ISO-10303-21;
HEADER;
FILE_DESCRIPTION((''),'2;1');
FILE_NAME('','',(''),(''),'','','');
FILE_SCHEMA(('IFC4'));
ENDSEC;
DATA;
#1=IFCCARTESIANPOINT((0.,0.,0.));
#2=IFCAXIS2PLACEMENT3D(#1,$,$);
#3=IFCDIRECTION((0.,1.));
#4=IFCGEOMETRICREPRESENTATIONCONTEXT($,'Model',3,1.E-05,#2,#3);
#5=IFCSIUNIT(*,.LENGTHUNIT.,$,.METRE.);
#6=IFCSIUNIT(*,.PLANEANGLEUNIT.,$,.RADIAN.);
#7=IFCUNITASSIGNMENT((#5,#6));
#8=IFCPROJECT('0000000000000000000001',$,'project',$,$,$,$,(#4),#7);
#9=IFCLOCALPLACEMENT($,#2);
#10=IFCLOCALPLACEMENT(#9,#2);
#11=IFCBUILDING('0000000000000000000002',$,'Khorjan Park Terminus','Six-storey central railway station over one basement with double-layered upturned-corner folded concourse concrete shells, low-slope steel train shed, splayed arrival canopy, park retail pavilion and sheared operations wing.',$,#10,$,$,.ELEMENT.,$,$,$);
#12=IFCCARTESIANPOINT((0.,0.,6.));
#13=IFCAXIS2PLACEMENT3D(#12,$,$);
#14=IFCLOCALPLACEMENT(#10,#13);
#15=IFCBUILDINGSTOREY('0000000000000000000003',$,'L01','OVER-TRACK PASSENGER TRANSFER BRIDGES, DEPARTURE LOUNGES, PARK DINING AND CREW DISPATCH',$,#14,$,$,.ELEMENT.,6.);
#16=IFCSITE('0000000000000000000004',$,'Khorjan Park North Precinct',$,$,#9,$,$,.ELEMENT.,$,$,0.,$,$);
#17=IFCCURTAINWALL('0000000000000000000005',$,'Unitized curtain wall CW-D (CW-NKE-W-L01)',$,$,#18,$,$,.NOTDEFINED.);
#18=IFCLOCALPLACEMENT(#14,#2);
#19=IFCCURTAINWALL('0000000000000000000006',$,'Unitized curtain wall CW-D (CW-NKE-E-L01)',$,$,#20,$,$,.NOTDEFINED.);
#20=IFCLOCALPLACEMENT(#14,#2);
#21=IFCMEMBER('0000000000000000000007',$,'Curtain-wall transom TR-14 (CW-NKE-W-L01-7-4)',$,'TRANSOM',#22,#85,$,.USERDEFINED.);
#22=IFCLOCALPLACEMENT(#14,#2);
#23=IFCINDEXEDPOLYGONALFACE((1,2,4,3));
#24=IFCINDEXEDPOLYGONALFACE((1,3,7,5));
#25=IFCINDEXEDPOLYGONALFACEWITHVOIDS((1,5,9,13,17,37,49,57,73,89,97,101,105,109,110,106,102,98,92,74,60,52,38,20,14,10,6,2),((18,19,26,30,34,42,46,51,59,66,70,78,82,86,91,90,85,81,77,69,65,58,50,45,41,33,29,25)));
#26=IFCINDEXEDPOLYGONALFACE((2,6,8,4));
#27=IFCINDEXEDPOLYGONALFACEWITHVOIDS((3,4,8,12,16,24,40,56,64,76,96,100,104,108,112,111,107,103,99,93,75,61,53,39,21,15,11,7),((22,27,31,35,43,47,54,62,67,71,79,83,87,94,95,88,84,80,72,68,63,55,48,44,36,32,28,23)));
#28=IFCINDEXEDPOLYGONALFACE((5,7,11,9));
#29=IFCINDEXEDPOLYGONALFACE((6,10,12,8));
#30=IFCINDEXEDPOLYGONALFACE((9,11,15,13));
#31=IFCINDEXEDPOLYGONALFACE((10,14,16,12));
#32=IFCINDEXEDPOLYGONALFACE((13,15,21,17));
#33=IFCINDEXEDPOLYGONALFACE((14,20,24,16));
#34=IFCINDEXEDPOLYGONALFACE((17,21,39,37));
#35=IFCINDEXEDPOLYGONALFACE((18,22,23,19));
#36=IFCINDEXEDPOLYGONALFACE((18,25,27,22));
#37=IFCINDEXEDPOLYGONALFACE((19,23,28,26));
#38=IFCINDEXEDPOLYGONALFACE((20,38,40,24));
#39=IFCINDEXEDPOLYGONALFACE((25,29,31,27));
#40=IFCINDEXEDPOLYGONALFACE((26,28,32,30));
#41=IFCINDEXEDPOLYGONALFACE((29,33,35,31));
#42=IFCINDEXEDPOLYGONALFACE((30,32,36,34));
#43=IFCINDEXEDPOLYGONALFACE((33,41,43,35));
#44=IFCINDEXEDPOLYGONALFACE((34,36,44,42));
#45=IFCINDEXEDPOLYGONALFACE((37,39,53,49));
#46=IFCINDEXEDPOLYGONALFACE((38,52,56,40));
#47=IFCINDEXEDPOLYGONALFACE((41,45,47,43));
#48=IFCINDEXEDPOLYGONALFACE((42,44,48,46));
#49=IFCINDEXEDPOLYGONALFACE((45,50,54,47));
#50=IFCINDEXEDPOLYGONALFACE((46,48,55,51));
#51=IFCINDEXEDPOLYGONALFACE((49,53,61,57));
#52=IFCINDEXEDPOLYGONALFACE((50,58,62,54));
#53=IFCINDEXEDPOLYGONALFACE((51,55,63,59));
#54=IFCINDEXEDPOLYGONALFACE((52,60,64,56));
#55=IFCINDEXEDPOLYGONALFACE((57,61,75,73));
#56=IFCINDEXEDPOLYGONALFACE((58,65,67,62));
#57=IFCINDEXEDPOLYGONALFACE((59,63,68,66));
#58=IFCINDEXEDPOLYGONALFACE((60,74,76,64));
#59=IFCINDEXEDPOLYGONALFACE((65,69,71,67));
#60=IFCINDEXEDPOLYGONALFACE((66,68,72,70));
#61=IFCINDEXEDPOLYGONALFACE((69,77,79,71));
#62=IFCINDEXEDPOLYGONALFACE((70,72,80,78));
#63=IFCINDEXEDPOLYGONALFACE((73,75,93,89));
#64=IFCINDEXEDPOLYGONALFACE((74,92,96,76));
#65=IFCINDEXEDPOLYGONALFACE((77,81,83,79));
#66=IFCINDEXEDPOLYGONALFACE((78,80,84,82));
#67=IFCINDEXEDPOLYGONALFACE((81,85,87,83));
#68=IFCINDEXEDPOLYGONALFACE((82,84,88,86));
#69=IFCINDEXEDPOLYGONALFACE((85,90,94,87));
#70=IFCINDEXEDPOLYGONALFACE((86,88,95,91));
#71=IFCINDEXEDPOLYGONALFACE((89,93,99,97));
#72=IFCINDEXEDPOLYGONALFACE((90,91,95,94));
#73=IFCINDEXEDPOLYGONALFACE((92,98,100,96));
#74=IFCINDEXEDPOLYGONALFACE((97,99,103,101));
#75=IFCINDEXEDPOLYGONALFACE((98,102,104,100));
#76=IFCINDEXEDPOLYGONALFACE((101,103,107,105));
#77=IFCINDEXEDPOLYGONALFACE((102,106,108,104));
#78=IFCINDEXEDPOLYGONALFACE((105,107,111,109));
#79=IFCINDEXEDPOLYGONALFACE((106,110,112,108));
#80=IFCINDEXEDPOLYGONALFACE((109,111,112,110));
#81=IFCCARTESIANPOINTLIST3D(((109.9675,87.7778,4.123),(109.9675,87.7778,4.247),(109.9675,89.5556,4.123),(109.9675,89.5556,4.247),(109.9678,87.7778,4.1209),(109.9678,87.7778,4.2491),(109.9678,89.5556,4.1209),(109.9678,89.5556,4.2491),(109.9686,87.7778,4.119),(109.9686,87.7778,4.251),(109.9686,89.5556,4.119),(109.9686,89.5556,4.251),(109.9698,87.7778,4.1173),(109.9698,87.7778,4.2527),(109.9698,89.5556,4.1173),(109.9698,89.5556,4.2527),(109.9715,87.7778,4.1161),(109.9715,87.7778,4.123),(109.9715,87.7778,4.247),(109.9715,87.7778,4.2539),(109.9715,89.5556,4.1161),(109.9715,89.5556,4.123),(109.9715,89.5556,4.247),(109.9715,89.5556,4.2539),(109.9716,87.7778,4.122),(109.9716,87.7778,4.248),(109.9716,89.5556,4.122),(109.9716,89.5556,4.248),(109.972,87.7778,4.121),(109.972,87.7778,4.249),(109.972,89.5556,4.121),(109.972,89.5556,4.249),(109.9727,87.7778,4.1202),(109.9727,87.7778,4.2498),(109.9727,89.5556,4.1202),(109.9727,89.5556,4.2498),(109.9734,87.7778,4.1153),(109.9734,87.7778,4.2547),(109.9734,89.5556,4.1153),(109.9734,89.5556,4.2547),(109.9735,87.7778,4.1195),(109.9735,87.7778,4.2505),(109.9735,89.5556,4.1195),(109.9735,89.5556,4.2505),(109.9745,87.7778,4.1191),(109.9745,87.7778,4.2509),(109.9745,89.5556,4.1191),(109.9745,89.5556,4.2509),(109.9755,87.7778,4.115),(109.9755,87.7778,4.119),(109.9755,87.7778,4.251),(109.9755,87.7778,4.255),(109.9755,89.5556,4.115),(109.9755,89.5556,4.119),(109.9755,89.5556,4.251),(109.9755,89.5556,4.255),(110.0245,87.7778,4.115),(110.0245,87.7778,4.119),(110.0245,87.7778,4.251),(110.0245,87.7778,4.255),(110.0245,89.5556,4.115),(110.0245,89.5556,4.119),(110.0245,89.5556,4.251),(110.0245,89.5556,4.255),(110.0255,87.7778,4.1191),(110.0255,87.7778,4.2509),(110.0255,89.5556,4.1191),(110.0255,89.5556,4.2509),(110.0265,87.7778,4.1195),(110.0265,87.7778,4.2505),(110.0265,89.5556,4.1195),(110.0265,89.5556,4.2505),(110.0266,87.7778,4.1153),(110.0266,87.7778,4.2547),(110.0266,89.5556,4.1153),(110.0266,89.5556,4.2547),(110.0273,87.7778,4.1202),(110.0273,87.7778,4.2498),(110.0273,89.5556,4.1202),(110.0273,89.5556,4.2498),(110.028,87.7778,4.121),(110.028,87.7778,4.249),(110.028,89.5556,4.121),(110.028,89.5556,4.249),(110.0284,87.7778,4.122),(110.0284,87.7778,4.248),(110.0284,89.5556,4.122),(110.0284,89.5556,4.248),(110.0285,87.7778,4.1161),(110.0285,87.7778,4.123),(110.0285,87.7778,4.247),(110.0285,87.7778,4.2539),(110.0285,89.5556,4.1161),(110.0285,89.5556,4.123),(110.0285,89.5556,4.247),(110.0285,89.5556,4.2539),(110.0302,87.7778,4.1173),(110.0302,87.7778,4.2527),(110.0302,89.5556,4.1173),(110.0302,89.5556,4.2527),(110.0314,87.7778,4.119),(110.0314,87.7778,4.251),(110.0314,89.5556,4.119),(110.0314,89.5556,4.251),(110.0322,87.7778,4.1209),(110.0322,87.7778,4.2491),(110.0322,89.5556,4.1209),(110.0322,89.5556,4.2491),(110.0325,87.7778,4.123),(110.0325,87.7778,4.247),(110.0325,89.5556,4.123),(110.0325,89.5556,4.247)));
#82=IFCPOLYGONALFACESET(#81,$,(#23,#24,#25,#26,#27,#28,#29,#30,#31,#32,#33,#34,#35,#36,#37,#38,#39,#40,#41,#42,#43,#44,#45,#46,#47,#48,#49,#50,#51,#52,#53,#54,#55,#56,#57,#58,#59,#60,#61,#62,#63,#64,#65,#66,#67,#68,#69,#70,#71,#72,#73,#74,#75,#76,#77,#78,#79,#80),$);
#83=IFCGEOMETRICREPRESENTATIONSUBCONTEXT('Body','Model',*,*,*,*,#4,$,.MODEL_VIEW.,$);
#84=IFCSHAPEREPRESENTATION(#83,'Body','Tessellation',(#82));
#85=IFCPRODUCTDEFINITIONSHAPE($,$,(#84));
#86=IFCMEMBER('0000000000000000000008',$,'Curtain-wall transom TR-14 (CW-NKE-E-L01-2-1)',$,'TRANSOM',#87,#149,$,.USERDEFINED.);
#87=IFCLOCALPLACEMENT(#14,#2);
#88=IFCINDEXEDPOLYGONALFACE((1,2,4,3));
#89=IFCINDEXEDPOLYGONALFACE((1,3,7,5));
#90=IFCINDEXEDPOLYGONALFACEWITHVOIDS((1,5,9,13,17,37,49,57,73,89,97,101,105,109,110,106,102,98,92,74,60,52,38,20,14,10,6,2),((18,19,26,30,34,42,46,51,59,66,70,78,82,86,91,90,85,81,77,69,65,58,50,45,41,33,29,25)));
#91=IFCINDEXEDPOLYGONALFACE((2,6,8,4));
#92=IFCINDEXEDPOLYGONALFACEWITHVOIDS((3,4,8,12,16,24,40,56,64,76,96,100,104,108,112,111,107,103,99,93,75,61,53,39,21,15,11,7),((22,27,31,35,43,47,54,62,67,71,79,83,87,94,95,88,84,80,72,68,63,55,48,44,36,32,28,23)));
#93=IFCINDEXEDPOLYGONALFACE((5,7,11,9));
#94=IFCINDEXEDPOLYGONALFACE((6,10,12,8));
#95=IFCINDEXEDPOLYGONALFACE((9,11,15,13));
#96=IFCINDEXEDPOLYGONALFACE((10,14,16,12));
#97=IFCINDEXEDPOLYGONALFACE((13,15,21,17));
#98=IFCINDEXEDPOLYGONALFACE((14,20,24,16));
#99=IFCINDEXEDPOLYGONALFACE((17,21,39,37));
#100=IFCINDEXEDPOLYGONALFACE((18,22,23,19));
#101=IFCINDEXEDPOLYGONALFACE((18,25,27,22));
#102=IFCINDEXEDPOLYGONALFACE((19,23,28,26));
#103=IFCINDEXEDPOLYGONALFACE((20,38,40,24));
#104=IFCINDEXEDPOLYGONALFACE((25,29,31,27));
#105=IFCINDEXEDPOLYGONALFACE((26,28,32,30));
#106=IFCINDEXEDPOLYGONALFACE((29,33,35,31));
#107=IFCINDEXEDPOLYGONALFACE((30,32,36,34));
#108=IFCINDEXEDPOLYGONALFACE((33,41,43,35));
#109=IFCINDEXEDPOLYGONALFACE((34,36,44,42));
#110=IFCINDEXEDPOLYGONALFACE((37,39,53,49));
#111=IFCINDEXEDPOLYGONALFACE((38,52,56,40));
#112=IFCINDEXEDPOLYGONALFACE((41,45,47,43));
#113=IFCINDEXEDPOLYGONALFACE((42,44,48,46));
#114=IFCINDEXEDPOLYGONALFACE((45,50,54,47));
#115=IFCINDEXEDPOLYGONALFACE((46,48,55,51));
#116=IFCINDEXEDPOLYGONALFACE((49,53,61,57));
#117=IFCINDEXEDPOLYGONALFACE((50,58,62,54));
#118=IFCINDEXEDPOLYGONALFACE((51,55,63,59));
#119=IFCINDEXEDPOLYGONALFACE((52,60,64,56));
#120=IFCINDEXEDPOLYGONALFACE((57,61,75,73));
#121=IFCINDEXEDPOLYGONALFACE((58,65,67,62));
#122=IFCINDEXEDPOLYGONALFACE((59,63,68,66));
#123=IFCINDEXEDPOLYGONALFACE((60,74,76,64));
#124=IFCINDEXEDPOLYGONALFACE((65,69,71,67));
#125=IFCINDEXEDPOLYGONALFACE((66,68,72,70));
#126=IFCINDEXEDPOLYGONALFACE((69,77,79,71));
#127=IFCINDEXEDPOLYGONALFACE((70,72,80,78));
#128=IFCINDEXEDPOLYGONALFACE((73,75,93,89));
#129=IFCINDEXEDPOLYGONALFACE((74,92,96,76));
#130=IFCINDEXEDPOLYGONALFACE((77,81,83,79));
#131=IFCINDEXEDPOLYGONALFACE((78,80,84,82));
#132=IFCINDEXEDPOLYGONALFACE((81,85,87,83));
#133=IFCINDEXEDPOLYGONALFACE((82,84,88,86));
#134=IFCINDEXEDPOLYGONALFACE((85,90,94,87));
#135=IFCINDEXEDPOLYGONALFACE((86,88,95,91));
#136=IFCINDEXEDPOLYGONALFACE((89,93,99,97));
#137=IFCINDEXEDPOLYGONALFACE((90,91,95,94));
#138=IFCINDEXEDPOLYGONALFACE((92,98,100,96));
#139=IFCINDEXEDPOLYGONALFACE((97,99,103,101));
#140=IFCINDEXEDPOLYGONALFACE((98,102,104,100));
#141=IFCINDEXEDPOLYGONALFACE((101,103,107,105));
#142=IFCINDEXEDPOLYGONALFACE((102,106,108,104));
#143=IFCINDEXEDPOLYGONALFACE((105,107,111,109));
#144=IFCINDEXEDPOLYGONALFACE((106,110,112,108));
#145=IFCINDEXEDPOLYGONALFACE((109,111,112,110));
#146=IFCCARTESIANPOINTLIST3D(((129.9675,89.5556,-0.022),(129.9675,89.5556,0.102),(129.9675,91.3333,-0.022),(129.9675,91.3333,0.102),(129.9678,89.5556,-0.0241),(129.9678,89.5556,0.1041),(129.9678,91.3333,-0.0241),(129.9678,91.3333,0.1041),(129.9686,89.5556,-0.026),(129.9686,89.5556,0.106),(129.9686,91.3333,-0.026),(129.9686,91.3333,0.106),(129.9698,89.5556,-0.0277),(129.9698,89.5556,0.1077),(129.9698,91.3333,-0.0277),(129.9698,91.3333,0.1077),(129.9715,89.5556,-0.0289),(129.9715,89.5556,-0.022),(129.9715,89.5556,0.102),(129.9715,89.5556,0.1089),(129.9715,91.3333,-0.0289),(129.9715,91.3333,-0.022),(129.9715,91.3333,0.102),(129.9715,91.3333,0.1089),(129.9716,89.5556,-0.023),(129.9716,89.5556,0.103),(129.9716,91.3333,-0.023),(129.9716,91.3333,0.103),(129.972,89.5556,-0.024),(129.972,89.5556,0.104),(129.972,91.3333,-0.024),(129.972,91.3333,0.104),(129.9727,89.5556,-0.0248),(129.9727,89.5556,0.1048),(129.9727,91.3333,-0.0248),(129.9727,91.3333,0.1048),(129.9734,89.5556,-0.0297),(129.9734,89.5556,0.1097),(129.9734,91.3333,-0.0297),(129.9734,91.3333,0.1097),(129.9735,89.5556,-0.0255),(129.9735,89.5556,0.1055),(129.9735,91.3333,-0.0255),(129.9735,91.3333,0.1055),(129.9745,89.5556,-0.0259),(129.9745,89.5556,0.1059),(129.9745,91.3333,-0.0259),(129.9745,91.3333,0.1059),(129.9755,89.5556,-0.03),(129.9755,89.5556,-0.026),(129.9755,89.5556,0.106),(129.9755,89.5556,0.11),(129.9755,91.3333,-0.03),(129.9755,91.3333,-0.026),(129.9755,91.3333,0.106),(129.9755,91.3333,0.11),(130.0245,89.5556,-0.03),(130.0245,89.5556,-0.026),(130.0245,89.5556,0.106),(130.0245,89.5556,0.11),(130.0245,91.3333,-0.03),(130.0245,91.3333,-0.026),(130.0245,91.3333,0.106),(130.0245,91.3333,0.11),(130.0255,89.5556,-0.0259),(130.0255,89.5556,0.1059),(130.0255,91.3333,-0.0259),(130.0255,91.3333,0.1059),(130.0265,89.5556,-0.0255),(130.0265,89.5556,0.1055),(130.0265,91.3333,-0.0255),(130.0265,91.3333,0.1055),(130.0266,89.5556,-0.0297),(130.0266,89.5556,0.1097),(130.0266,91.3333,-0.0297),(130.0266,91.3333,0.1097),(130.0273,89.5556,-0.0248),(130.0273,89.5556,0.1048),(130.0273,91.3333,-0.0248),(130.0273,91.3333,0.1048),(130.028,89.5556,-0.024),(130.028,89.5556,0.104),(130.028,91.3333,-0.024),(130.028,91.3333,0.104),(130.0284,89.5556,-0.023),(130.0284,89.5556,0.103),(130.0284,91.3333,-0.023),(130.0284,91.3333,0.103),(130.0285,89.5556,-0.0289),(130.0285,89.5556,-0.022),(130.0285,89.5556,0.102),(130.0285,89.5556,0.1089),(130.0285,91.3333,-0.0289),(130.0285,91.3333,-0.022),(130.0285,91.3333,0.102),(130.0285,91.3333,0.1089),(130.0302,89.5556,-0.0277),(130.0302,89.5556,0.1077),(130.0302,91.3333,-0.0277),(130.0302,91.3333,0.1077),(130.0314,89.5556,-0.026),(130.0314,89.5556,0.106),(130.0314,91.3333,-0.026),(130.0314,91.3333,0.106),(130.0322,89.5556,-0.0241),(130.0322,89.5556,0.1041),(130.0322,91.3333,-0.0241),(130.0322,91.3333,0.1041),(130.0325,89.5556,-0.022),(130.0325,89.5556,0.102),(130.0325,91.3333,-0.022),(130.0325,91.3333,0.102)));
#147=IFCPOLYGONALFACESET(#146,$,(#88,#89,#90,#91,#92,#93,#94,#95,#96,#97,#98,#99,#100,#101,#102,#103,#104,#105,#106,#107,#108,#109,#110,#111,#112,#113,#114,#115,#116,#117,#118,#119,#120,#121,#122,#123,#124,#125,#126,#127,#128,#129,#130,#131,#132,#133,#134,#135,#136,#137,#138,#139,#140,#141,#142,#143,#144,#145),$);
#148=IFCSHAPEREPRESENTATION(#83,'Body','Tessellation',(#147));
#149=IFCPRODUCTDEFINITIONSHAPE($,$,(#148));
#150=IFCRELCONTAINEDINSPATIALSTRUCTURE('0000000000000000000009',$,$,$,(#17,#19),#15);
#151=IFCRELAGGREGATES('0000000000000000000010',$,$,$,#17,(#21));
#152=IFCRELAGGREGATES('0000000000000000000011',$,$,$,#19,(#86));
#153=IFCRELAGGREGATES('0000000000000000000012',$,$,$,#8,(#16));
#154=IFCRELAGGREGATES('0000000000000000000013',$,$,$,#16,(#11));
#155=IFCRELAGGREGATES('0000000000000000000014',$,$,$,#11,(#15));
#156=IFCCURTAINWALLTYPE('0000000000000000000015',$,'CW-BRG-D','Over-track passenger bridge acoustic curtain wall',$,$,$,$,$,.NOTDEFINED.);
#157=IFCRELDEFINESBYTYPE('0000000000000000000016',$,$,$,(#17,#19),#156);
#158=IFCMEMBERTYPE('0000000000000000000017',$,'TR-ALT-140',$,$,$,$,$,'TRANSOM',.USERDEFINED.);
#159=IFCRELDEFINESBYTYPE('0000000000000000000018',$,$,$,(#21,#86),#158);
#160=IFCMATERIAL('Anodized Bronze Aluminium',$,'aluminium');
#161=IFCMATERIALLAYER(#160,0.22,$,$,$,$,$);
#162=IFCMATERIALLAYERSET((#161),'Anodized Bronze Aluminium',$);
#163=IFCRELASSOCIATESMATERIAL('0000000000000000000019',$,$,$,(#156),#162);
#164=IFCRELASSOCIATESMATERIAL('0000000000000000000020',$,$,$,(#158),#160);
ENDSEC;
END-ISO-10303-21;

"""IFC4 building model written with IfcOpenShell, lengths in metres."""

from ifc_helpers import new_model, si_unit, direction, frame, origin, origin_2d, place, context, subcontext, project, spatial, hollow_rectangle, extrude, material, layer, layer_set, material_profile, profile_set, type_object, element, aggregate, save


model = new_model("IFC4")

# Units and contexts
model_context = context("Model", 3, precision=1e-05, world=origin(), true_north=direction((0.0, 1.0)))
body_context = subcontext(model_context, "Body", "Model", "MODEL_VIEW")
ifc_project = project(units=[si_unit("LENGTHUNIT", "METRE"), si_unit("PLANEANGLEUNIT", "RADIAN")], contexts=[model_context])

# Site, building, storey
site_placement = place(None, origin())
site = spatial("IfcSite", under=ifc_project, at=site_placement, Name="Khorjan Park North Precinct", CompositionType="ELEMENT", RefElevation=0.0)
building_placement = place(site_placement, origin())
building = spatial("IfcBuilding", under=site, at=building_placement, Name="Khorjan Park Terminus", Description="Six-storey central railway station over one basement with double-layered upturned-corner folded concourse concrete shells, low-slope steel train shed, splayed arrival canopy, park retail pavilion and sheared operations wing.", CompositionType="ELEMENT")
storey_placement = place(building_placement, frame((0.0, 0.0, 6.0)))
storey = spatial("IfcBuildingStorey", under=building, at=storey_placement, Name="L01", Description="OVER-TRACK PASSENGER TRANSFER BRIDGES, DEPARTURE LOUNGES, PARK DINING AND CREW DISPATCH", CompositionType="ELEMENT", Elevation=6.0)

# Curtain wall
ifc_material_1 = material(Name="Anodized Bronze Aluminium", Category="aluminium")
ifc_layer_1 = layer(ifc_material_1, 0.22)
ifc_layer_set_1 = layer_set([ifc_layer_1], Name="Anodized Bronze Aluminium")
curtain_wall_type = type_object("IfcCurtainWallType", Name="CW-BRG-D", Description="Over-track passenger bridge acoustic curtain wall", PredefinedType="NOTDEFINED", material=ifc_layer_set_1)
curtain_wall_1_placement = place(storey_placement, origin())
curtain_wall_1 = element("IfcCurtainWall", 1, at=curtain_wall_1_placement, inside=storey, type_object=curtain_wall_type, Name="Unitized curtain wall CW-D (CW-NKE-W-L01)", PredefinedType="NOTDEFINED")

# Curtain wall
curtain_wall_2_placement = place(storey_placement, origin())
curtain_wall_2 = element("IfcCurtainWall", 2, at=curtain_wall_2_placement, inside=storey, type_object=curtain_wall_type, Name="Unitized curtain wall CW-D (CW-NKE-E-L01)", PredefinedType="NOTDEFINED")

# Members
ifc_material_profile_1 = material_profile(ifc_material_1, hollow_rectangle(XDim=0.065, YDim=0.14, WallThickness=0.004, InnerFilletRadius=0.004, OuterFilletRadius=0.008, at=origin_2d()), Name="ALT 65x140x4")
ifc_profile_set_1 = profile_set([ifc_material_profile_1], Name="Anodized Bronze Aluminium")
member_type_1 = type_object("IfcMemberType", Name="TR-ALT-140", ElementType="TRANSOM", PredefinedType="USERDEFINED", material=ifc_profile_set_1)
member_1_placement = place(storey_placement, frame((110.0, 89.5556, 4.185), z_axis=(0.0, -1.0, 0.0), x_axis=(1.0, 0.0, 0.0)))
member_1 = element("IfcMember", 3, at=member_1_placement, type_object=member_type_1, Name="Curtain-wall transom TR-14 (CW-NKE-W-L01-7-4)", ObjectType="TRANSOM", PredefinedType="USERDEFINED", context=body_context, shape_type="SweptSolid", body=[
    extrude(hollow_rectangle(XDim=0.065, YDim=0.14, WallThickness=0.004, InnerFilletRadius=0.004, OuterFilletRadius=0.008, at=origin_2d()), origin(), (0.0, 0.0, 1.0), 1.7778),
])
member_2_placement = place(storey_placement, frame((130.0, 89.5556, 0.04), z_axis=(0.0, 1.0, 0.0), x_axis=(-1.0, 0.0, 0.0)))
member_2 = element("IfcMember", 4, at=member_2_placement, type_object=member_type_1, Name="Curtain-wall transom TR-14 (CW-NKE-E-L01-2-1)", ObjectType="TRANSOM", PredefinedType="USERDEFINED", context=body_context, shape_type="SweptSolid", body=[
    extrude(hollow_rectangle(XDim=0.065, YDim=0.14, WallThickness=0.004, InnerFilletRadius=0.004, OuterFilletRadius=0.008, at=origin_2d()), origin(), (0.0, 0.0, 1.0), 1.7777),
])

aggregate(curtain_wall_1, [member_1])
aggregate(curtain_wall_2, [member_2])

save(model, "model.ifc")
